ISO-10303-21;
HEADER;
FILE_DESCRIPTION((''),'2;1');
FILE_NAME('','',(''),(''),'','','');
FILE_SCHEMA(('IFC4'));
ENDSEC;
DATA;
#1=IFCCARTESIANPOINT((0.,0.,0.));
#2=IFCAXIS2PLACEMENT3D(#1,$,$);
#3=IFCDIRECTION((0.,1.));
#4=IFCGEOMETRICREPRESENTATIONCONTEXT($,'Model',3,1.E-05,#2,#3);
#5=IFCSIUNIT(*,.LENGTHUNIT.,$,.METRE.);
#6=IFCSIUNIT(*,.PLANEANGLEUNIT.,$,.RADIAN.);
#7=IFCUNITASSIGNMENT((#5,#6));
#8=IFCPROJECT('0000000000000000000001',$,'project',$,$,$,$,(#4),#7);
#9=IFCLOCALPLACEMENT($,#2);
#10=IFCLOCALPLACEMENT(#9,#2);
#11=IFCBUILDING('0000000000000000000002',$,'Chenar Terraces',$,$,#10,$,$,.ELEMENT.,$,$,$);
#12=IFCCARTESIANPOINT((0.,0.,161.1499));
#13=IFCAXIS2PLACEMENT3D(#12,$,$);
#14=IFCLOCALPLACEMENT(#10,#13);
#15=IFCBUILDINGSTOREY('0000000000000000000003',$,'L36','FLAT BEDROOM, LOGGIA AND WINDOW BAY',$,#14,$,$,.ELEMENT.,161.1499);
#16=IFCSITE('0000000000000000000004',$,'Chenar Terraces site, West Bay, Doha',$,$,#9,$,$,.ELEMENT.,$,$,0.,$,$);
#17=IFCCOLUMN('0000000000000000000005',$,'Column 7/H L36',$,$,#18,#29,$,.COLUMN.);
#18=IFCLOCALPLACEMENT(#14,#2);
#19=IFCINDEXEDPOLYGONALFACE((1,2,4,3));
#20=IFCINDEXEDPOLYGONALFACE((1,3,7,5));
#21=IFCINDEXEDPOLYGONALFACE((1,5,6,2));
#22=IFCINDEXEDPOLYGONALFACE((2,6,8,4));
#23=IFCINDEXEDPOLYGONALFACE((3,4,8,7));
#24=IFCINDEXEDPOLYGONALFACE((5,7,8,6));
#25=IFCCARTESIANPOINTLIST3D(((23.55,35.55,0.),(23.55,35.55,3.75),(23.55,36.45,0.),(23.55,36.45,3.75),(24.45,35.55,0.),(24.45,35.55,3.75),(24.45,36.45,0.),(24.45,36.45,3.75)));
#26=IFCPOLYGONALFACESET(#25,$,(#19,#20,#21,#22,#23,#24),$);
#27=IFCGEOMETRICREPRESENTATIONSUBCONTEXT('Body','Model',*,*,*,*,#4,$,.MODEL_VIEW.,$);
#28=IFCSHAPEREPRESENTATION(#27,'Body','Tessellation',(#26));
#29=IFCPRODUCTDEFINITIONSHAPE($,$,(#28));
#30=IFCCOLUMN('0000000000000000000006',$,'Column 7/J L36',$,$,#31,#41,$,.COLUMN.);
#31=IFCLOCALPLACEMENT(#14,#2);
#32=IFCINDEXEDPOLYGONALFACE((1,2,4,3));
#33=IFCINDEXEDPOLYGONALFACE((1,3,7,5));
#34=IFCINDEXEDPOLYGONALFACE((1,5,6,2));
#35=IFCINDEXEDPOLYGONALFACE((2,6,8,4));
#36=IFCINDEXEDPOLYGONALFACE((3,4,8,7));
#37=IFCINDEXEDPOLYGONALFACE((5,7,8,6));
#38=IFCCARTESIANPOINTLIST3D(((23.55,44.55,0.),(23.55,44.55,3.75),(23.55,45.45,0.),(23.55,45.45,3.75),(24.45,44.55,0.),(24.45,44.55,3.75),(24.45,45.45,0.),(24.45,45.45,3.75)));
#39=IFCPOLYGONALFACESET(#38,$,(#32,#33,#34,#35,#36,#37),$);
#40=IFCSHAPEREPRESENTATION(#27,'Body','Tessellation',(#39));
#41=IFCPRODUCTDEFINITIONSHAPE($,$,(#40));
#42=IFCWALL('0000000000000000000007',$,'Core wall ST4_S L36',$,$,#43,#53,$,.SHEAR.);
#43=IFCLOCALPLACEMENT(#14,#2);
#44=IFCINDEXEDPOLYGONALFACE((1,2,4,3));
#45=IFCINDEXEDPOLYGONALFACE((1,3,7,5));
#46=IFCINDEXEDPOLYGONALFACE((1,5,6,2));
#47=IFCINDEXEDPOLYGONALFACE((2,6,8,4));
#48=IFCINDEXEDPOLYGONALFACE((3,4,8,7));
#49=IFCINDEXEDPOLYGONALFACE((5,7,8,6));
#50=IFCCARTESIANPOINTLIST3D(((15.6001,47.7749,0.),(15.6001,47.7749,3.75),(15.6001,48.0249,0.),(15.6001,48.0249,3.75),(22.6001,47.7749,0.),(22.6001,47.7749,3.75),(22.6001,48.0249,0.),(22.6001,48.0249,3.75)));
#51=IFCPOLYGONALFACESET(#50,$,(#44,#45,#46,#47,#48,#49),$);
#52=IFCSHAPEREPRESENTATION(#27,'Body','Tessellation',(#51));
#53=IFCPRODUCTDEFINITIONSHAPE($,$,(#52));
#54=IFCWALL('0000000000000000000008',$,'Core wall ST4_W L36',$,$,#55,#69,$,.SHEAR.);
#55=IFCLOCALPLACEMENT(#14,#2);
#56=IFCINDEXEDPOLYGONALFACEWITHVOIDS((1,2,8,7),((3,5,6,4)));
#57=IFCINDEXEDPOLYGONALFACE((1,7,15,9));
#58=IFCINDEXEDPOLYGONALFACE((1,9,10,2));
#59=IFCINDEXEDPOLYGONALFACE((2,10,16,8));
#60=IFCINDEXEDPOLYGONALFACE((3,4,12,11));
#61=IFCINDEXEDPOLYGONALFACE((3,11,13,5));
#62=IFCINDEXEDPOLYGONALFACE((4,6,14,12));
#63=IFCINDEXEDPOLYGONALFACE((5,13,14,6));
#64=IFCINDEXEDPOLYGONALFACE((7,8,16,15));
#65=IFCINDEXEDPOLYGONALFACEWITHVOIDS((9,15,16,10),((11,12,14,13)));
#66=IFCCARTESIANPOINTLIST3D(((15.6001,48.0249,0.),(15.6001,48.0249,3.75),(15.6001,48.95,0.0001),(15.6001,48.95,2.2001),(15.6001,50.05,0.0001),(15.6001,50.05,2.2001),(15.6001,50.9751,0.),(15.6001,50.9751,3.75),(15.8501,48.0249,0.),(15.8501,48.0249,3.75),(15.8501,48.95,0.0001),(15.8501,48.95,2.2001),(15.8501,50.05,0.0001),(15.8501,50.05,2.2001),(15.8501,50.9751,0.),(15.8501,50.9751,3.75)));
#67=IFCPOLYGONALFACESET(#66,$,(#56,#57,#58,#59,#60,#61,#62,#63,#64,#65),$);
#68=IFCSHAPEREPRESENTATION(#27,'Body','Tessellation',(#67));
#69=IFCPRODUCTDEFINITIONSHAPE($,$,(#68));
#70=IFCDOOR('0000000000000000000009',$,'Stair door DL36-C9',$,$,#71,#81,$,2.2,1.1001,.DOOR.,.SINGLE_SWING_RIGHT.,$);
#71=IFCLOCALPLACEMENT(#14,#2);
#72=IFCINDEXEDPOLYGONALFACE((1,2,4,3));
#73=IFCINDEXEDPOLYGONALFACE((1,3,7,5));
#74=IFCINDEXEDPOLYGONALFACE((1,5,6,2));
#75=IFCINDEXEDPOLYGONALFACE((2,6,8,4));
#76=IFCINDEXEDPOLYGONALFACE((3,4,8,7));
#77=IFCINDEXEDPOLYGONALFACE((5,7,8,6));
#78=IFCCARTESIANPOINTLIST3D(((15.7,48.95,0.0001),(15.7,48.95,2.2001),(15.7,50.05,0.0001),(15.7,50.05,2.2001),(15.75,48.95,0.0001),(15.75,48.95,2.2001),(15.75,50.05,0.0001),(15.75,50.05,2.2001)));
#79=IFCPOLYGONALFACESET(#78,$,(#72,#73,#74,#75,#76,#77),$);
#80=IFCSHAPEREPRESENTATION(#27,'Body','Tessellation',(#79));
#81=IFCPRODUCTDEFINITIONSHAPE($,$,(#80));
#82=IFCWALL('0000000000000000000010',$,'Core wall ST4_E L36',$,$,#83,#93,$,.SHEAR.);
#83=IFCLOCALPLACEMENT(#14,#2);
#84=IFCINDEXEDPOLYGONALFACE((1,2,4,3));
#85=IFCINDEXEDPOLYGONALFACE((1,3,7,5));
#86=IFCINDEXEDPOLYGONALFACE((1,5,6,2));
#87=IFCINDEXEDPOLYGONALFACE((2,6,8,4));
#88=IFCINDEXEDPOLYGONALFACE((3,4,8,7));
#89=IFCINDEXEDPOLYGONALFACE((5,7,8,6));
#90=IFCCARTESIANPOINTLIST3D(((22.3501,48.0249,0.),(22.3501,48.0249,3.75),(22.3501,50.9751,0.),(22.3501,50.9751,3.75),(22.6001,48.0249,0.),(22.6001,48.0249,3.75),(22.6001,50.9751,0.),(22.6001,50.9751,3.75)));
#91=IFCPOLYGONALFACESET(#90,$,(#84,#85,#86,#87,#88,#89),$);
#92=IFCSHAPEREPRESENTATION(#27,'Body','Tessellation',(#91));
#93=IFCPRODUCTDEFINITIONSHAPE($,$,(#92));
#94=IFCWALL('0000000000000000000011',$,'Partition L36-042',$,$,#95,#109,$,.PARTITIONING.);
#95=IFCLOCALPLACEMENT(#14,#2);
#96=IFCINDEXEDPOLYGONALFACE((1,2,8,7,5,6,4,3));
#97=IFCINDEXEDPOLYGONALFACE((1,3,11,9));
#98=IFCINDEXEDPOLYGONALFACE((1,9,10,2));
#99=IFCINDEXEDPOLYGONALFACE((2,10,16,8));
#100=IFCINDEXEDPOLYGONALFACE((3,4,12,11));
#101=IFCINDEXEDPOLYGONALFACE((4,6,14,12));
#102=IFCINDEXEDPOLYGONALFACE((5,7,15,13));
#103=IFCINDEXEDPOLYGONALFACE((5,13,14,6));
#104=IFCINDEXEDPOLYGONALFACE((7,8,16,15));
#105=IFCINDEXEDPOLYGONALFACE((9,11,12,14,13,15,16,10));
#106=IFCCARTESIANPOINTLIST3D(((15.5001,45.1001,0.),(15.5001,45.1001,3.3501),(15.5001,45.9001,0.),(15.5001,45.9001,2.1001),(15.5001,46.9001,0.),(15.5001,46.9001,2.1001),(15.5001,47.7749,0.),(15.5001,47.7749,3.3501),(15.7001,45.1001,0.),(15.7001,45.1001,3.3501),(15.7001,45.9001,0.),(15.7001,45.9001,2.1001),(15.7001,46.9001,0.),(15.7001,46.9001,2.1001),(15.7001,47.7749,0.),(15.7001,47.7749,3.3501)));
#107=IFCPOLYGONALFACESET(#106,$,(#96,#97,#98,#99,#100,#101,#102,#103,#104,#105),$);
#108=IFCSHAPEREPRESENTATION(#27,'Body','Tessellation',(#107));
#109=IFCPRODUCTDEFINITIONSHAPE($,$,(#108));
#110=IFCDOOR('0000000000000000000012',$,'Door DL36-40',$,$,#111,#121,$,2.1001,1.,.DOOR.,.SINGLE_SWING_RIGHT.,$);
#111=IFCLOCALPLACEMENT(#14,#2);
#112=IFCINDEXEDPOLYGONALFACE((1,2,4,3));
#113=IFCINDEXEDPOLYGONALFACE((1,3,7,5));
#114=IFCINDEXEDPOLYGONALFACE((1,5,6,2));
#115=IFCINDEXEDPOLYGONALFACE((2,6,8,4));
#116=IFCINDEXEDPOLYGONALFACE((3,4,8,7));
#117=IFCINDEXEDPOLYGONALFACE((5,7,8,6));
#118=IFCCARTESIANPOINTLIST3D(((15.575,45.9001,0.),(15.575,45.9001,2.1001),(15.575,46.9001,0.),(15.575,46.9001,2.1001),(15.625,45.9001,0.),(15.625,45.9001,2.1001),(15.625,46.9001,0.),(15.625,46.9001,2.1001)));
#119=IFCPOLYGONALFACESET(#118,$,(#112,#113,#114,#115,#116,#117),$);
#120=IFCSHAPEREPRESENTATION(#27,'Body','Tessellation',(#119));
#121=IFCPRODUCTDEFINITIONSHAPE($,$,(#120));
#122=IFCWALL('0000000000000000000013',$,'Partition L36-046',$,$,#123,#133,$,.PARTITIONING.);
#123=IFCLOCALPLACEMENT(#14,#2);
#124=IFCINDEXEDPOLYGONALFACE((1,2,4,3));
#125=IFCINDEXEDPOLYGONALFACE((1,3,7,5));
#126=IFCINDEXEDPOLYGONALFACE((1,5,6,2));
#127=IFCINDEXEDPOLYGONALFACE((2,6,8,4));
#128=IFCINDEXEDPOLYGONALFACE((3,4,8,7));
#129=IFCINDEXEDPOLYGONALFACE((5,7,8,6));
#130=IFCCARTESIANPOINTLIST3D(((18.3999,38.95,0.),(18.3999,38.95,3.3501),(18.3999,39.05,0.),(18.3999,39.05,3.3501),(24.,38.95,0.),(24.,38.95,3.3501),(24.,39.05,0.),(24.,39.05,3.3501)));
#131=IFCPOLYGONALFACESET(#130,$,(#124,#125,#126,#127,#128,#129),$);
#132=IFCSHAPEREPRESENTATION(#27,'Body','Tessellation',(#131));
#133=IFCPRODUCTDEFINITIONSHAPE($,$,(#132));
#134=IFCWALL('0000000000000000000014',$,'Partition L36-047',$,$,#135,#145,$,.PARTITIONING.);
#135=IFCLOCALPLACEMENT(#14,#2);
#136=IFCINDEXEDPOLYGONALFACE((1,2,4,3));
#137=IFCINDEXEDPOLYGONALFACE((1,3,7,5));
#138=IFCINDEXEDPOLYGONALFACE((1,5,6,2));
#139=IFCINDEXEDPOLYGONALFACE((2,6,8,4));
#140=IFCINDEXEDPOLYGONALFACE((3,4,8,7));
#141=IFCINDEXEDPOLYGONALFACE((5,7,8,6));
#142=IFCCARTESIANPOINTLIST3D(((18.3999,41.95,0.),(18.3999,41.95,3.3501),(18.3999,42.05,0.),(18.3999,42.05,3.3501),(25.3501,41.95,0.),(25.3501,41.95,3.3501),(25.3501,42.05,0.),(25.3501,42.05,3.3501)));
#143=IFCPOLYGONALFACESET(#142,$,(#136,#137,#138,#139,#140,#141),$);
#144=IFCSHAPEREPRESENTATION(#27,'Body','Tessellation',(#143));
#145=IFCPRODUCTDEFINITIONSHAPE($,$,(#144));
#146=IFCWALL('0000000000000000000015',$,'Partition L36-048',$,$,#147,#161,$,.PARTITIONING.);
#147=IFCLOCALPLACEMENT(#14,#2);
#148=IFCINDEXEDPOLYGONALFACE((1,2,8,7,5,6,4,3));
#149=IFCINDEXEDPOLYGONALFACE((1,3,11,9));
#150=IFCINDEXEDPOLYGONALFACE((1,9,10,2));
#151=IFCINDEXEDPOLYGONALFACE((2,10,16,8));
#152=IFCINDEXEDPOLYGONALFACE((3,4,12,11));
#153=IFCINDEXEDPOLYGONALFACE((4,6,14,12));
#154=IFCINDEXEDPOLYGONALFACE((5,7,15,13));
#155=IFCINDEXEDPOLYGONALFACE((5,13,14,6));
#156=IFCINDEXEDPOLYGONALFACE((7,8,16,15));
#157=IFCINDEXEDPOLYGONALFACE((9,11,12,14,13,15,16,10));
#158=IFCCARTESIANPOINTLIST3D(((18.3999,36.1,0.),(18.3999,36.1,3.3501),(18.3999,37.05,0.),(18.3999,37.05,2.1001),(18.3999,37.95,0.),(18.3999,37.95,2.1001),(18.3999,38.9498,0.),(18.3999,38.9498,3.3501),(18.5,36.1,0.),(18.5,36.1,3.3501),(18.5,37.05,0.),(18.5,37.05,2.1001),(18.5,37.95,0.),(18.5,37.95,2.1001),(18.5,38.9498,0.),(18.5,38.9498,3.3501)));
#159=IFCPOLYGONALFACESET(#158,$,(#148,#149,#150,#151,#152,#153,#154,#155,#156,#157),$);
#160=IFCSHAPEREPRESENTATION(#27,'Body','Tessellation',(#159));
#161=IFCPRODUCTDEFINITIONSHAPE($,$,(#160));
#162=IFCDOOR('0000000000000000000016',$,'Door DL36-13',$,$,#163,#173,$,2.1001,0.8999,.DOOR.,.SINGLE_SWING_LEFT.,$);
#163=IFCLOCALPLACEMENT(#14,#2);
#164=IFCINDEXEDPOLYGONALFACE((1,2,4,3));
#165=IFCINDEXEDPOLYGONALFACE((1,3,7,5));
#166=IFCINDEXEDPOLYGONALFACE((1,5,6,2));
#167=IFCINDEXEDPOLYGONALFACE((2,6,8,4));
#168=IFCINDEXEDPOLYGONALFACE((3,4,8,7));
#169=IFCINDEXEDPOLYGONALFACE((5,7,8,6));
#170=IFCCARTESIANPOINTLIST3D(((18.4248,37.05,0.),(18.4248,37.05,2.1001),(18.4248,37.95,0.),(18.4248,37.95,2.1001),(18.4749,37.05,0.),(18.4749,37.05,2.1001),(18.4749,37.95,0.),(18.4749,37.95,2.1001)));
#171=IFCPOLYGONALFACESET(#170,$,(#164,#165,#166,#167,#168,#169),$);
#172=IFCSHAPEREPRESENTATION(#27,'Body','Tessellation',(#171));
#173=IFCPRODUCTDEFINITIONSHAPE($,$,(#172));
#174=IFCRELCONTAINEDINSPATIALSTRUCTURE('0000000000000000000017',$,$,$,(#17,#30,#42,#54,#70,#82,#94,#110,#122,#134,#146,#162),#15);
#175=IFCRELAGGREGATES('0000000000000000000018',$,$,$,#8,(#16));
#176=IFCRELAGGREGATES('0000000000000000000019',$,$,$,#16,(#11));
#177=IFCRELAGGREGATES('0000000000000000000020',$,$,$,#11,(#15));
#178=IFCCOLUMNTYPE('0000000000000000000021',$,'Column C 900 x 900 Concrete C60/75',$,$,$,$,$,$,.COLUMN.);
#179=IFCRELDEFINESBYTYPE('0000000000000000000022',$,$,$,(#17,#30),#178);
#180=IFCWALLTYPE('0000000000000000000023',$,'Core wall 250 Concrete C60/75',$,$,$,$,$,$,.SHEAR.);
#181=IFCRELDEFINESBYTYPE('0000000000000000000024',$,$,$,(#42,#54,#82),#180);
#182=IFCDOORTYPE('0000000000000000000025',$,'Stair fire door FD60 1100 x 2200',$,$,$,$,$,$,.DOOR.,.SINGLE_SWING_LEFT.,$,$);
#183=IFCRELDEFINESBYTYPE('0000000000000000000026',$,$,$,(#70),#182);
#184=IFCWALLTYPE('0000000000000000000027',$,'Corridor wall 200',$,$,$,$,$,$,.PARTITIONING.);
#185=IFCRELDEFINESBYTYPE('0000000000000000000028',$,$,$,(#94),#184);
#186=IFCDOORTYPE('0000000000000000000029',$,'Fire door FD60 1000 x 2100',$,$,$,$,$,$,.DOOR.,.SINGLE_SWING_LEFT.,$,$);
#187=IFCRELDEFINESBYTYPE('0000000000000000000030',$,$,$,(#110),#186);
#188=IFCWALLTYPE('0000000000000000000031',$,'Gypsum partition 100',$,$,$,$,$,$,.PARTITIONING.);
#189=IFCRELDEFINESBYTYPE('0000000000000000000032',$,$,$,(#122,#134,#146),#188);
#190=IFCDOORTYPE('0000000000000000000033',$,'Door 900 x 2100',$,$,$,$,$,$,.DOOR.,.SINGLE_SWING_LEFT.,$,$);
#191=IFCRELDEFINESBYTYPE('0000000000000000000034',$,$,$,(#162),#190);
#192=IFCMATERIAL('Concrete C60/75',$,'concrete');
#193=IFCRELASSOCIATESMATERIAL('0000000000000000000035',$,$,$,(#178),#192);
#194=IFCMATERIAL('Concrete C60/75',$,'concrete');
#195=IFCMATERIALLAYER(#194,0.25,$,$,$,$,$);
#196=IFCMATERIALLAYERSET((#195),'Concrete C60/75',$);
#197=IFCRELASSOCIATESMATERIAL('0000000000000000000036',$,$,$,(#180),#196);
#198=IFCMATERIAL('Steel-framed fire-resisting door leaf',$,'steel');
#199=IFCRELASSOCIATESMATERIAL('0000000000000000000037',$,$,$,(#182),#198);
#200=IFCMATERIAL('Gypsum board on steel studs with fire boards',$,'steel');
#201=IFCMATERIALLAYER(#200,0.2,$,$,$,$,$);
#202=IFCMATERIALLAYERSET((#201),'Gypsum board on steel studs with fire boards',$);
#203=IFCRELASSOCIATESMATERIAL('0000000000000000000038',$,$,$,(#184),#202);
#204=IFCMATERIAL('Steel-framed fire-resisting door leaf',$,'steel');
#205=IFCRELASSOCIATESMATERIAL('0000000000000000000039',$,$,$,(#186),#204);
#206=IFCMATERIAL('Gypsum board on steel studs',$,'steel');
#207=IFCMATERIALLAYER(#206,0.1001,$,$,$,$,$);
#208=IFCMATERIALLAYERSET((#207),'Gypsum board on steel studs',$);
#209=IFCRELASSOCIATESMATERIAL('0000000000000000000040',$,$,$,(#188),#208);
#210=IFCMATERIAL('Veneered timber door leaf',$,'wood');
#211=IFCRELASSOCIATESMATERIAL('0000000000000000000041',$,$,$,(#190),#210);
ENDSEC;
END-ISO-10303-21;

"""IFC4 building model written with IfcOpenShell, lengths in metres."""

from ifc_helpers import new_model, si_unit, direction, frame, frame_2d, origin, origin_2d, place, context, subcontext, project, spatial, rectangle, extrude, material, layer, layer_set, material_profile, profile_set, type_object, element, fill, save


model = new_model("IFC4")

# Units and contexts
model_context = context("Model", 3, precision=1e-05, world=origin(), true_north=direction((0.0, 1.0)))
body_context = subcontext(model_context, "Body", "Model", "MODEL_VIEW")
ifc_project = project(units=[si_unit("LENGTHUNIT", "METRE"), si_unit("PLANEANGLEUNIT", "RADIAN")], contexts=[model_context])

# Site, building, storey
site_placement = place(None, origin())
site = spatial("IfcSite", under=ifc_project, at=site_placement, Name="Chenar Terraces site, West Bay, Doha", CompositionType="ELEMENT", RefElevation=0.0)
building_placement = place(site_placement, origin())
building = spatial("IfcBuilding", under=site, at=building_placement, Name="Chenar Terraces", CompositionType="ELEMENT")
storey_placement = place(building_placement, frame((0.0, 0.0, 161.1499)))
storey = spatial("IfcBuildingStorey", under=building, at=storey_placement, Name="L36", Description="FLAT BEDROOM, LOGGIA AND WINDOW BAY", CompositionType="ELEMENT", Elevation=161.1499)

# Columns
ifc_material_1 = material(Name="Concrete C60/75", Category="concrete")
ifc_material_profile = material_profile(ifc_material_1, rectangle(XDim=0.8999, YDim=0.8999, at=origin_2d()), Name="C 900 x 900")
ifc_profile_set = profile_set([ifc_material_profile], Name="Concrete C60/75")
column_type = type_object("IfcColumnType", Name="Column C 900 x 900 Concrete C60/75", PredefinedType="COLUMN", material=ifc_profile_set)
for number, where, z_axis, x_axis, name in (
    (1, (24.0, 36.0, 0.0), (0.0, 0.0, 1.0), (1.0, 0.0, 0.0), "Column 7/H L36"),
    (2, (24.0, 45.0, 0.0), (0.0, 0.0, 1.0), (1.0, 0.0, 0.0), "Column 7/J L36"),
):
    element("IfcColumn", number, at=place(storey_placement, frame(where, z_axis=z_axis, x_axis=x_axis)), inside=storey, type_object=column_type, Name=name, PredefinedType="COLUMN", context=body_context, shape_type="SweptSolid", body=[
        extrude(rectangle(XDim=0.8999, YDim=0.8999, at=origin_2d()), origin(), (0.0, 0.0, 1.0), 3.75),
    ])

# Wall
ifc_material_2 = material(Name="Concrete C60/75", Category="concrete")
ifc_layer_1 = layer(ifc_material_2, 0.25)
ifc_layer_set_1 = layer_set([ifc_layer_1], Name="Concrete C60/75")
wall_type_1 = type_object("IfcWallType", Name="Core wall 250 Concrete C60/75", PredefinedType="SHEAR", material=ifc_layer_set_1)
wall_1_placement = place(storey_placement, frame((15.6001, 47.8999, 0.0), z_axis=(0.0, 0.0, 1.0), x_axis=(1.0, 0.0, 0.0)))
element("IfcWall", 3, at=wall_1_placement, inside=storey, type_object=wall_type_1, Name="Core wall ST4_S L36", PredefinedType="SHEAR", context=body_context, shape_type="SweptSolid", body=[
    extrude(rectangle(XDim=7.0, YDim=0.25, at=frame_2d((3.5, 0.0))), origin(), (0.0, 0.0, 1.0), 3.75),
])

# Wall, opening, door
wall_2_placement = place(storey_placement, frame((15.7251, 48.0249, 0.0), z_axis=(0.0, 0.0, 1.0), x_axis=(0.0, 1.0, 0.0)))
wall_2 = element("IfcWall", 4, at=wall_2_placement, inside=storey, type_object=wall_type_1, Name="Core wall ST4_W L36", PredefinedType="SHEAR", context=body_context, shape_type="SweptSolid", body=[
    extrude(rectangle(XDim=2.9502, YDim=0.25, at=frame_2d((1.4751, 0.0))), origin(), (0.0, 0.0, 1.0), 3.75),
])
opening_1_placement = place(wall_2_placement, frame((0.925, 0.0, 0.0)))
opening_1 = element("IfcOpeningElement", 5, at=opening_1_placement, cuts=wall_2, PredefinedType="OPENING", context=body_context, shape_type="SweptSolid", body=[
    extrude(rectangle(XDim=1.1001, YDim=2.2, at=frame_2d((0.55, 1.1001))), frame((0.0, 0.135, 0.0), z_axis=(0.0, -1.0, 0.0), x_axis=(1.0, 0.0, 0.0)), (0.0, 0.0, 1.0), 0.27),
])
ifc_material_3 = material(Name="Steel-framed fire-resisting door leaf", Category="steel")
door_type_1 = type_object("IfcDoorType", Name="Stair fire door FD60 1100 x 2200", OperationType="SINGLE_SWING_LEFT", PredefinedType="DOOR", material=ifc_material_3)
door_1_placement = place(opening_1_placement, frame((1.1001, 0.0, 0.0), z_axis=(0.0, 0.0, 1.0), x_axis=(-1.0, 0.0, 0.0)))
door_1 = element("IfcDoor", 6, at=door_1_placement, inside=storey, type_object=door_type_1, Name="Stair door DL36-C9", OperationType="SINGLE_SWING_RIGHT", OverallHeight=2.2, OverallWidth=1.1001, PredefinedType="DOOR", context=body_context, shape_type="SweptSolid", body=[
    extrude(rectangle(XDim=1.1001, YDim=2.2, at=frame_2d((0.55, 1.1001))), frame((0.0, 0.0249, 0.0), z_axis=(0.0, -1.0, 0.0), x_axis=(1.0, 0.0, 0.0)), (0.0, 0.0, 1.0), 0.05),
])
fill(opening_1, door_1)

# Wall
wall_3_placement = place(storey_placement, frame((22.4751, 48.0249, 0.0), z_axis=(0.0, 0.0, 1.0), x_axis=(0.0, 1.0, 0.0)))
element("IfcWall", 7, at=wall_3_placement, inside=storey, type_object=wall_type_1, Name="Core wall ST4_E L36", PredefinedType="SHEAR", context=body_context, shape_type="SweptSolid", body=[
    extrude(rectangle(XDim=2.9502, YDim=0.25, at=frame_2d((1.4751, 0.0))), origin(), (0.0, 0.0, 1.0), 3.75),
])

# Wall, opening, door
ifc_material_4 = material(Name="Gypsum board on steel studs with fire boards", Category="steel")
ifc_layer_2 = layer(ifc_material_4, 0.2)
ifc_layer_set_2 = layer_set([ifc_layer_2], Name="Gypsum board on steel studs with fire boards")
wall_type_2 = type_object("IfcWallType", Name="Corridor wall 200", PredefinedType="PARTITIONING", material=ifc_layer_set_2)
wall_4_placement = place(storey_placement, frame((15.6001, 45.1001, 0.0), z_axis=(0.0, 0.0, 1.0), x_axis=(0.0, 1.0, 0.0)))
wall_4 = element("IfcWall", 8, at=wall_4_placement, inside=storey, type_object=wall_type_2, Name="Partition L36-042", PredefinedType="PARTITIONING", context=body_context, shape_type="SweptSolid", body=[
    extrude(rectangle(XDim=2.6748, YDim=0.2, at=frame_2d((1.3374, 0.0))), origin(), (0.0, 0.0, 1.0), 3.3501),
])
opening_2_placement = place(wall_4_placement, frame((0.8, 0.0, 0.0)))
opening_2 = element("IfcOpeningElement", 9, at=opening_2_placement, cuts=wall_4, PredefinedType="OPENING", context=body_context, shape_type="SweptSolid", body=[
    extrude(rectangle(XDim=1.0, YDim=2.1001, at=frame_2d((0.5, 1.05))), frame((0.0, 0.1099, 0.0), z_axis=(0.0, -1.0, 0.0), x_axis=(1.0, 0.0, 0.0)), (0.0, 0.0, 1.0), 0.22),
])
ifc_material_5 = material(Name="Steel-framed fire-resisting door leaf", Category="steel")
door_type_2 = type_object("IfcDoorType", Name="Fire door FD60 1000 x 2100", OperationType="SINGLE_SWING_LEFT", PredefinedType="DOOR", material=ifc_material_5)
door_2_placement = place(opening_2_placement, frame((1.0, 0.0, 0.0), z_axis=(0.0, 0.0, 1.0), x_axis=(-1.0, 0.0, 0.0)))
door_2 = element("IfcDoor", 10, at=door_2_placement, inside=storey, type_object=door_type_2, Name="Door DL36-40", OperationType="SINGLE_SWING_RIGHT", OverallHeight=2.1001, OverallWidth=1.0, PredefinedType="DOOR", context=body_context, shape_type="SweptSolid", body=[
    extrude(rectangle(XDim=1.0, YDim=2.1001, at=frame_2d((0.5, 1.05))), frame((0.0, 0.0249, 0.0), z_axis=(0.0, -1.0, 0.0), x_axis=(1.0, 0.0, 0.0)), (0.0, 0.0, 1.0), 0.05),
])
fill(opening_2, door_2)

# Walls
ifc_material_6 = material(Name="Gypsum board on steel studs", Category="steel")
ifc_layer_3 = layer(ifc_material_6, 0.1001)
ifc_layer_set_3 = layer_set([ifc_layer_3], Name="Gypsum board on steel studs")
wall_type_3 = type_object("IfcWallType", Name="Gypsum partition 100", PredefinedType="PARTITIONING", material=ifc_layer_set_3)
wall_5_placement = place(storey_placement, frame((18.3999, 39.0, 0.0), z_axis=(0.0, 0.0, 1.0), x_axis=(1.0, 0.0, 0.0)))
element("IfcWall", 11, at=wall_5_placement, inside=storey, type_object=wall_type_3, Name="Partition L36-046", PredefinedType="PARTITIONING", context=body_context, shape_type="SweptSolid", body=[
    extrude(rectangle(XDim=5.6001, YDim=0.1001, at=frame_2d((2.8, 0.0))), origin(), (0.0, 0.0, 1.0), 3.3501),
])
wall_6_placement = place(storey_placement, frame((18.3999, 42.0, 0.0), z_axis=(0.0, 0.0, 1.0), x_axis=(1.0, 0.0, 0.0)))
element("IfcWall", 12, at=wall_6_placement, inside=storey, type_object=wall_type_3, Name="Partition L36-047", PredefinedType="PARTITIONING", context=body_context, shape_type="SweptSolid", body=[
    extrude(rectangle(XDim=6.9502, YDim=0.1001, at=frame_2d((3.4751, 0.0))), origin(), (0.0, 0.0, 1.0), 3.3501),
])

# Wall, opening, door
wall_7_placement = place(storey_placement, frame((18.45, 36.1001, 0.0), z_axis=(0.0, 0.0, 1.0), x_axis=(0.0, 1.0, 0.0)))
wall_7 = element("IfcWall", 13, at=wall_7_placement, inside=storey, type_object=wall_type_3, Name="Partition L36-048", PredefinedType="PARTITIONING", context=body_context, shape_type="SweptSolid", body=[
    extrude(rectangle(XDim=2.8499, YDim=0.1001, at=frame_2d((1.4248, 0.0))), origin(), (0.0, 0.0, 1.0), 3.3501),
])
opening_3_placement = place(wall_7_placement, frame((0.95, 0.0, 0.0)))
opening_3 = element("IfcOpeningElement", 14, at=opening_3_placement, cuts=wall_7, PredefinedType="OPENING", context=body_context, shape_type="SweptSolid", body=[
    extrude(rectangle(XDim=0.8999, YDim=2.1001, at=frame_2d((0.45, 1.05))), frame((0.0, 0.0601, 0.0), z_axis=(0.0, -1.0, 0.0), x_axis=(1.0, 0.0, 0.0)), (0.0, 0.0, 1.0), 0.1201),
])
ifc_material_7 = material(Name="Veneered timber door leaf", Category="wood")
door_type_3 = type_object("IfcDoorType", Name="Door 900 x 2100", OperationType="SINGLE_SWING_LEFT", PredefinedType="DOOR", material=ifc_material_7)
door_3_placement = place(opening_3_placement, frame((0.8999, 0.0, 0.0), z_axis=(0.0, 0.0, 1.0), x_axis=(-1.0, 0.0, 0.0)))
door_3 = element("IfcDoor", 15, at=door_3_placement, inside=storey, type_object=door_type_3, Name="Door DL36-13", OperationType="SINGLE_SWING_LEFT", OverallHeight=2.1001, OverallWidth=0.8999, PredefinedType="DOOR", context=body_context, shape_type="SweptSolid", body=[
    extrude(rectangle(XDim=0.8999, YDim=2.1001, at=frame_2d((0.45, 1.05))), frame((0.0, 0.0249, 0.0), z_axis=(0.0, -1.0, 0.0), x_axis=(1.0, 0.0, 0.0)), (0.0, 0.0, 1.0), 0.05),
])
fill(opening_3, door_3)

save(model, "model.ifc")
